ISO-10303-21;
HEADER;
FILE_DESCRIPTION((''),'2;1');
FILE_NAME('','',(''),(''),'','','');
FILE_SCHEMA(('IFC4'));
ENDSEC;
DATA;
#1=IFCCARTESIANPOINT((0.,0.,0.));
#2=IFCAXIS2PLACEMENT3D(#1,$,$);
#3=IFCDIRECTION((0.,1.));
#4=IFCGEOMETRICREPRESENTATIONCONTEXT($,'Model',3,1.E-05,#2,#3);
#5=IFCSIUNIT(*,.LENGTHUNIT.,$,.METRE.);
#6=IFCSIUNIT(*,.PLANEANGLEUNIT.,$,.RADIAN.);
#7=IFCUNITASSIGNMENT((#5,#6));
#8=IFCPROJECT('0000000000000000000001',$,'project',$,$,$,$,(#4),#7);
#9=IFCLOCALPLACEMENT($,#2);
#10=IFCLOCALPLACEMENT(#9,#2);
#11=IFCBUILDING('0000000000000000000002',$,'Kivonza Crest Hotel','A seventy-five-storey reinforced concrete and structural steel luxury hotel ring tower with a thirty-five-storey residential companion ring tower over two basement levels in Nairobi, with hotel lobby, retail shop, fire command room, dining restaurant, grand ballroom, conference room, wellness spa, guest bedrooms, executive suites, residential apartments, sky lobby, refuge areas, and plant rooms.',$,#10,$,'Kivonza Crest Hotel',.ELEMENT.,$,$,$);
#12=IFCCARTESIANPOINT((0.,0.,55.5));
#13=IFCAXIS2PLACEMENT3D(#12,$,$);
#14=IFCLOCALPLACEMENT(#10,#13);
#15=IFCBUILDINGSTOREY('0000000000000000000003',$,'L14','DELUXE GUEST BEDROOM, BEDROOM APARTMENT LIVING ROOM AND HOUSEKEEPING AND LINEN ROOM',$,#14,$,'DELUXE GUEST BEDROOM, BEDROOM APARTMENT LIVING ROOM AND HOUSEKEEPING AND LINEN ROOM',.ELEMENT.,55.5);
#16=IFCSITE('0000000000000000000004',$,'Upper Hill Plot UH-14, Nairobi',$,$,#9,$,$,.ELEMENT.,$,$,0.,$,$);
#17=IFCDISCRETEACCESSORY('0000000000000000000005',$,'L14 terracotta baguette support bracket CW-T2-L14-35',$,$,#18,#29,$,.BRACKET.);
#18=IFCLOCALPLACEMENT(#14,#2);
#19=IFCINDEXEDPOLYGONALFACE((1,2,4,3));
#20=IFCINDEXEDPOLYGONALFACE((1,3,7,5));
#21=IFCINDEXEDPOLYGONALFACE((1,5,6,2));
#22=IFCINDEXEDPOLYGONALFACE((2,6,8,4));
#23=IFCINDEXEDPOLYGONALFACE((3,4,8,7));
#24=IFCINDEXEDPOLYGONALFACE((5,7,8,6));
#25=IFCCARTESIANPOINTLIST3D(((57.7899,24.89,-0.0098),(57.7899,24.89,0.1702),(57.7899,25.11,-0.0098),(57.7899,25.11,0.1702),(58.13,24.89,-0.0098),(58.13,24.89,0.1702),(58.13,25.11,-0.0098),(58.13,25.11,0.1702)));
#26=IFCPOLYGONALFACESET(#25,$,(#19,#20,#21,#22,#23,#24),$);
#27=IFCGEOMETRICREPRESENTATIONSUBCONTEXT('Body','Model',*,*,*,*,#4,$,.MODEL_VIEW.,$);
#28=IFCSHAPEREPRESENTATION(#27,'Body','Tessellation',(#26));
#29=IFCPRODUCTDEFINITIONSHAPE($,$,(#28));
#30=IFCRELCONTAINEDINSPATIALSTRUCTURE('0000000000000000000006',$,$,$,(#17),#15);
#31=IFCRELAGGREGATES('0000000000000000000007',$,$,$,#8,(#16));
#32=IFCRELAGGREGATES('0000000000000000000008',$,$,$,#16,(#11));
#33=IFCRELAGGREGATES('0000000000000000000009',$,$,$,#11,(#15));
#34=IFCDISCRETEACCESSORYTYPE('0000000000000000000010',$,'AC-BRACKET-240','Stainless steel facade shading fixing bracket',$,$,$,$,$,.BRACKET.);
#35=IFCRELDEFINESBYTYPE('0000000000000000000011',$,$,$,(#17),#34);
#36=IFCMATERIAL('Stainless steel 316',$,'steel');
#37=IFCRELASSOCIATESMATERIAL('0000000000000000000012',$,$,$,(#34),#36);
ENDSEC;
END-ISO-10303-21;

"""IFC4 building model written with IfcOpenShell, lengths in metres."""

from ifc_helpers import new_model, si_unit, direction, frame, origin, origin_2d, place, context, subcontext, project, spatial, rectangle, extrude, material, type_object, element, save


model = new_model("IFC4")

# Units and contexts
model_context = context("Model", 3, precision=1e-05, world=origin(), true_north=direction((0.0, 1.0)))
body_context = subcontext(model_context, "Body", "Model", "MODEL_VIEW")
ifc_project = project(units=[si_unit("LENGTHUNIT", "METRE"), si_unit("PLANEANGLEUNIT", "RADIAN")], contexts=[model_context])

# Site, building, storey
site_placement = place(None, origin())
site = spatial("IfcSite", under=ifc_project, at=site_placement, Name="Upper Hill Plot UH-14, Nairobi", CompositionType="ELEMENT", RefElevation=0.0)
building_placement = place(site_placement, origin())
building = spatial("IfcBuilding", under=site, at=building_placement, Name="Kivonza Crest Hotel", Description="A seventy-five-storey reinforced concrete and structural steel luxury hotel ring tower with a thirty-five-storey residential companion ring tower over two basement levels in Nairobi, with hotel lobby, retail shop, fire command room, dining restaurant, grand ballroom, conference room, wellness spa, guest bedrooms, executive suites, residential apartments, sky lobby, refuge areas, and plant rooms.", LongName="Kivonza Crest Hotel", CompositionType="ELEMENT")
storey_placement = place(building_placement, frame((0.0, 0.0, 55.5)))
storey = spatial("IfcBuildingStorey", under=building, at=storey_placement, Name="L14", Description="DELUXE GUEST BEDROOM, BEDROOM APARTMENT LIVING ROOM AND HOUSEKEEPING AND LINEN ROOM", LongName="DELUXE GUEST BEDROOM, BEDROOM APARTMENT LIVING ROOM AND HOUSEKEEPING AND LINEN ROOM", CompositionType="ELEMENT", Elevation=55.5)

# Discrete accessory
ifc_material_1 = material(Name="Stainless steel 316", Category="steel")
discrete_accessory_type = type_object("IfcDiscreteAccessoryType", Name="AC-BRACKET-240", Description="Stainless steel facade shading fixing bracket", PredefinedType="BRACKET", material=ifc_material_1)
for number, where, z_axis, x_axis, name in (
    (1, (57.96, 25.0, -0.0098), (0.0, 0.0, 1.0), (0.0, -1.0, 0.0), "L14 terracotta baguette support bracket CW-T2-L14-35"),
):
    element("IfcDiscreteAccessory", number, at=place(storey_placement, frame(where, z_axis=z_axis, x_axis=x_axis)), inside=storey, type_object=discrete_accessory_type, Name=name, PredefinedType="BRACKET", context=body_context, shape_type="SweptSolid", body=[
        extrude(rectangle(XDim=0.22, YDim=0.3401, at=origin_2d()), origin(), (0.0, 0.0, 1.0), 0.1799),
    ])

save(model, "model.ifc")
